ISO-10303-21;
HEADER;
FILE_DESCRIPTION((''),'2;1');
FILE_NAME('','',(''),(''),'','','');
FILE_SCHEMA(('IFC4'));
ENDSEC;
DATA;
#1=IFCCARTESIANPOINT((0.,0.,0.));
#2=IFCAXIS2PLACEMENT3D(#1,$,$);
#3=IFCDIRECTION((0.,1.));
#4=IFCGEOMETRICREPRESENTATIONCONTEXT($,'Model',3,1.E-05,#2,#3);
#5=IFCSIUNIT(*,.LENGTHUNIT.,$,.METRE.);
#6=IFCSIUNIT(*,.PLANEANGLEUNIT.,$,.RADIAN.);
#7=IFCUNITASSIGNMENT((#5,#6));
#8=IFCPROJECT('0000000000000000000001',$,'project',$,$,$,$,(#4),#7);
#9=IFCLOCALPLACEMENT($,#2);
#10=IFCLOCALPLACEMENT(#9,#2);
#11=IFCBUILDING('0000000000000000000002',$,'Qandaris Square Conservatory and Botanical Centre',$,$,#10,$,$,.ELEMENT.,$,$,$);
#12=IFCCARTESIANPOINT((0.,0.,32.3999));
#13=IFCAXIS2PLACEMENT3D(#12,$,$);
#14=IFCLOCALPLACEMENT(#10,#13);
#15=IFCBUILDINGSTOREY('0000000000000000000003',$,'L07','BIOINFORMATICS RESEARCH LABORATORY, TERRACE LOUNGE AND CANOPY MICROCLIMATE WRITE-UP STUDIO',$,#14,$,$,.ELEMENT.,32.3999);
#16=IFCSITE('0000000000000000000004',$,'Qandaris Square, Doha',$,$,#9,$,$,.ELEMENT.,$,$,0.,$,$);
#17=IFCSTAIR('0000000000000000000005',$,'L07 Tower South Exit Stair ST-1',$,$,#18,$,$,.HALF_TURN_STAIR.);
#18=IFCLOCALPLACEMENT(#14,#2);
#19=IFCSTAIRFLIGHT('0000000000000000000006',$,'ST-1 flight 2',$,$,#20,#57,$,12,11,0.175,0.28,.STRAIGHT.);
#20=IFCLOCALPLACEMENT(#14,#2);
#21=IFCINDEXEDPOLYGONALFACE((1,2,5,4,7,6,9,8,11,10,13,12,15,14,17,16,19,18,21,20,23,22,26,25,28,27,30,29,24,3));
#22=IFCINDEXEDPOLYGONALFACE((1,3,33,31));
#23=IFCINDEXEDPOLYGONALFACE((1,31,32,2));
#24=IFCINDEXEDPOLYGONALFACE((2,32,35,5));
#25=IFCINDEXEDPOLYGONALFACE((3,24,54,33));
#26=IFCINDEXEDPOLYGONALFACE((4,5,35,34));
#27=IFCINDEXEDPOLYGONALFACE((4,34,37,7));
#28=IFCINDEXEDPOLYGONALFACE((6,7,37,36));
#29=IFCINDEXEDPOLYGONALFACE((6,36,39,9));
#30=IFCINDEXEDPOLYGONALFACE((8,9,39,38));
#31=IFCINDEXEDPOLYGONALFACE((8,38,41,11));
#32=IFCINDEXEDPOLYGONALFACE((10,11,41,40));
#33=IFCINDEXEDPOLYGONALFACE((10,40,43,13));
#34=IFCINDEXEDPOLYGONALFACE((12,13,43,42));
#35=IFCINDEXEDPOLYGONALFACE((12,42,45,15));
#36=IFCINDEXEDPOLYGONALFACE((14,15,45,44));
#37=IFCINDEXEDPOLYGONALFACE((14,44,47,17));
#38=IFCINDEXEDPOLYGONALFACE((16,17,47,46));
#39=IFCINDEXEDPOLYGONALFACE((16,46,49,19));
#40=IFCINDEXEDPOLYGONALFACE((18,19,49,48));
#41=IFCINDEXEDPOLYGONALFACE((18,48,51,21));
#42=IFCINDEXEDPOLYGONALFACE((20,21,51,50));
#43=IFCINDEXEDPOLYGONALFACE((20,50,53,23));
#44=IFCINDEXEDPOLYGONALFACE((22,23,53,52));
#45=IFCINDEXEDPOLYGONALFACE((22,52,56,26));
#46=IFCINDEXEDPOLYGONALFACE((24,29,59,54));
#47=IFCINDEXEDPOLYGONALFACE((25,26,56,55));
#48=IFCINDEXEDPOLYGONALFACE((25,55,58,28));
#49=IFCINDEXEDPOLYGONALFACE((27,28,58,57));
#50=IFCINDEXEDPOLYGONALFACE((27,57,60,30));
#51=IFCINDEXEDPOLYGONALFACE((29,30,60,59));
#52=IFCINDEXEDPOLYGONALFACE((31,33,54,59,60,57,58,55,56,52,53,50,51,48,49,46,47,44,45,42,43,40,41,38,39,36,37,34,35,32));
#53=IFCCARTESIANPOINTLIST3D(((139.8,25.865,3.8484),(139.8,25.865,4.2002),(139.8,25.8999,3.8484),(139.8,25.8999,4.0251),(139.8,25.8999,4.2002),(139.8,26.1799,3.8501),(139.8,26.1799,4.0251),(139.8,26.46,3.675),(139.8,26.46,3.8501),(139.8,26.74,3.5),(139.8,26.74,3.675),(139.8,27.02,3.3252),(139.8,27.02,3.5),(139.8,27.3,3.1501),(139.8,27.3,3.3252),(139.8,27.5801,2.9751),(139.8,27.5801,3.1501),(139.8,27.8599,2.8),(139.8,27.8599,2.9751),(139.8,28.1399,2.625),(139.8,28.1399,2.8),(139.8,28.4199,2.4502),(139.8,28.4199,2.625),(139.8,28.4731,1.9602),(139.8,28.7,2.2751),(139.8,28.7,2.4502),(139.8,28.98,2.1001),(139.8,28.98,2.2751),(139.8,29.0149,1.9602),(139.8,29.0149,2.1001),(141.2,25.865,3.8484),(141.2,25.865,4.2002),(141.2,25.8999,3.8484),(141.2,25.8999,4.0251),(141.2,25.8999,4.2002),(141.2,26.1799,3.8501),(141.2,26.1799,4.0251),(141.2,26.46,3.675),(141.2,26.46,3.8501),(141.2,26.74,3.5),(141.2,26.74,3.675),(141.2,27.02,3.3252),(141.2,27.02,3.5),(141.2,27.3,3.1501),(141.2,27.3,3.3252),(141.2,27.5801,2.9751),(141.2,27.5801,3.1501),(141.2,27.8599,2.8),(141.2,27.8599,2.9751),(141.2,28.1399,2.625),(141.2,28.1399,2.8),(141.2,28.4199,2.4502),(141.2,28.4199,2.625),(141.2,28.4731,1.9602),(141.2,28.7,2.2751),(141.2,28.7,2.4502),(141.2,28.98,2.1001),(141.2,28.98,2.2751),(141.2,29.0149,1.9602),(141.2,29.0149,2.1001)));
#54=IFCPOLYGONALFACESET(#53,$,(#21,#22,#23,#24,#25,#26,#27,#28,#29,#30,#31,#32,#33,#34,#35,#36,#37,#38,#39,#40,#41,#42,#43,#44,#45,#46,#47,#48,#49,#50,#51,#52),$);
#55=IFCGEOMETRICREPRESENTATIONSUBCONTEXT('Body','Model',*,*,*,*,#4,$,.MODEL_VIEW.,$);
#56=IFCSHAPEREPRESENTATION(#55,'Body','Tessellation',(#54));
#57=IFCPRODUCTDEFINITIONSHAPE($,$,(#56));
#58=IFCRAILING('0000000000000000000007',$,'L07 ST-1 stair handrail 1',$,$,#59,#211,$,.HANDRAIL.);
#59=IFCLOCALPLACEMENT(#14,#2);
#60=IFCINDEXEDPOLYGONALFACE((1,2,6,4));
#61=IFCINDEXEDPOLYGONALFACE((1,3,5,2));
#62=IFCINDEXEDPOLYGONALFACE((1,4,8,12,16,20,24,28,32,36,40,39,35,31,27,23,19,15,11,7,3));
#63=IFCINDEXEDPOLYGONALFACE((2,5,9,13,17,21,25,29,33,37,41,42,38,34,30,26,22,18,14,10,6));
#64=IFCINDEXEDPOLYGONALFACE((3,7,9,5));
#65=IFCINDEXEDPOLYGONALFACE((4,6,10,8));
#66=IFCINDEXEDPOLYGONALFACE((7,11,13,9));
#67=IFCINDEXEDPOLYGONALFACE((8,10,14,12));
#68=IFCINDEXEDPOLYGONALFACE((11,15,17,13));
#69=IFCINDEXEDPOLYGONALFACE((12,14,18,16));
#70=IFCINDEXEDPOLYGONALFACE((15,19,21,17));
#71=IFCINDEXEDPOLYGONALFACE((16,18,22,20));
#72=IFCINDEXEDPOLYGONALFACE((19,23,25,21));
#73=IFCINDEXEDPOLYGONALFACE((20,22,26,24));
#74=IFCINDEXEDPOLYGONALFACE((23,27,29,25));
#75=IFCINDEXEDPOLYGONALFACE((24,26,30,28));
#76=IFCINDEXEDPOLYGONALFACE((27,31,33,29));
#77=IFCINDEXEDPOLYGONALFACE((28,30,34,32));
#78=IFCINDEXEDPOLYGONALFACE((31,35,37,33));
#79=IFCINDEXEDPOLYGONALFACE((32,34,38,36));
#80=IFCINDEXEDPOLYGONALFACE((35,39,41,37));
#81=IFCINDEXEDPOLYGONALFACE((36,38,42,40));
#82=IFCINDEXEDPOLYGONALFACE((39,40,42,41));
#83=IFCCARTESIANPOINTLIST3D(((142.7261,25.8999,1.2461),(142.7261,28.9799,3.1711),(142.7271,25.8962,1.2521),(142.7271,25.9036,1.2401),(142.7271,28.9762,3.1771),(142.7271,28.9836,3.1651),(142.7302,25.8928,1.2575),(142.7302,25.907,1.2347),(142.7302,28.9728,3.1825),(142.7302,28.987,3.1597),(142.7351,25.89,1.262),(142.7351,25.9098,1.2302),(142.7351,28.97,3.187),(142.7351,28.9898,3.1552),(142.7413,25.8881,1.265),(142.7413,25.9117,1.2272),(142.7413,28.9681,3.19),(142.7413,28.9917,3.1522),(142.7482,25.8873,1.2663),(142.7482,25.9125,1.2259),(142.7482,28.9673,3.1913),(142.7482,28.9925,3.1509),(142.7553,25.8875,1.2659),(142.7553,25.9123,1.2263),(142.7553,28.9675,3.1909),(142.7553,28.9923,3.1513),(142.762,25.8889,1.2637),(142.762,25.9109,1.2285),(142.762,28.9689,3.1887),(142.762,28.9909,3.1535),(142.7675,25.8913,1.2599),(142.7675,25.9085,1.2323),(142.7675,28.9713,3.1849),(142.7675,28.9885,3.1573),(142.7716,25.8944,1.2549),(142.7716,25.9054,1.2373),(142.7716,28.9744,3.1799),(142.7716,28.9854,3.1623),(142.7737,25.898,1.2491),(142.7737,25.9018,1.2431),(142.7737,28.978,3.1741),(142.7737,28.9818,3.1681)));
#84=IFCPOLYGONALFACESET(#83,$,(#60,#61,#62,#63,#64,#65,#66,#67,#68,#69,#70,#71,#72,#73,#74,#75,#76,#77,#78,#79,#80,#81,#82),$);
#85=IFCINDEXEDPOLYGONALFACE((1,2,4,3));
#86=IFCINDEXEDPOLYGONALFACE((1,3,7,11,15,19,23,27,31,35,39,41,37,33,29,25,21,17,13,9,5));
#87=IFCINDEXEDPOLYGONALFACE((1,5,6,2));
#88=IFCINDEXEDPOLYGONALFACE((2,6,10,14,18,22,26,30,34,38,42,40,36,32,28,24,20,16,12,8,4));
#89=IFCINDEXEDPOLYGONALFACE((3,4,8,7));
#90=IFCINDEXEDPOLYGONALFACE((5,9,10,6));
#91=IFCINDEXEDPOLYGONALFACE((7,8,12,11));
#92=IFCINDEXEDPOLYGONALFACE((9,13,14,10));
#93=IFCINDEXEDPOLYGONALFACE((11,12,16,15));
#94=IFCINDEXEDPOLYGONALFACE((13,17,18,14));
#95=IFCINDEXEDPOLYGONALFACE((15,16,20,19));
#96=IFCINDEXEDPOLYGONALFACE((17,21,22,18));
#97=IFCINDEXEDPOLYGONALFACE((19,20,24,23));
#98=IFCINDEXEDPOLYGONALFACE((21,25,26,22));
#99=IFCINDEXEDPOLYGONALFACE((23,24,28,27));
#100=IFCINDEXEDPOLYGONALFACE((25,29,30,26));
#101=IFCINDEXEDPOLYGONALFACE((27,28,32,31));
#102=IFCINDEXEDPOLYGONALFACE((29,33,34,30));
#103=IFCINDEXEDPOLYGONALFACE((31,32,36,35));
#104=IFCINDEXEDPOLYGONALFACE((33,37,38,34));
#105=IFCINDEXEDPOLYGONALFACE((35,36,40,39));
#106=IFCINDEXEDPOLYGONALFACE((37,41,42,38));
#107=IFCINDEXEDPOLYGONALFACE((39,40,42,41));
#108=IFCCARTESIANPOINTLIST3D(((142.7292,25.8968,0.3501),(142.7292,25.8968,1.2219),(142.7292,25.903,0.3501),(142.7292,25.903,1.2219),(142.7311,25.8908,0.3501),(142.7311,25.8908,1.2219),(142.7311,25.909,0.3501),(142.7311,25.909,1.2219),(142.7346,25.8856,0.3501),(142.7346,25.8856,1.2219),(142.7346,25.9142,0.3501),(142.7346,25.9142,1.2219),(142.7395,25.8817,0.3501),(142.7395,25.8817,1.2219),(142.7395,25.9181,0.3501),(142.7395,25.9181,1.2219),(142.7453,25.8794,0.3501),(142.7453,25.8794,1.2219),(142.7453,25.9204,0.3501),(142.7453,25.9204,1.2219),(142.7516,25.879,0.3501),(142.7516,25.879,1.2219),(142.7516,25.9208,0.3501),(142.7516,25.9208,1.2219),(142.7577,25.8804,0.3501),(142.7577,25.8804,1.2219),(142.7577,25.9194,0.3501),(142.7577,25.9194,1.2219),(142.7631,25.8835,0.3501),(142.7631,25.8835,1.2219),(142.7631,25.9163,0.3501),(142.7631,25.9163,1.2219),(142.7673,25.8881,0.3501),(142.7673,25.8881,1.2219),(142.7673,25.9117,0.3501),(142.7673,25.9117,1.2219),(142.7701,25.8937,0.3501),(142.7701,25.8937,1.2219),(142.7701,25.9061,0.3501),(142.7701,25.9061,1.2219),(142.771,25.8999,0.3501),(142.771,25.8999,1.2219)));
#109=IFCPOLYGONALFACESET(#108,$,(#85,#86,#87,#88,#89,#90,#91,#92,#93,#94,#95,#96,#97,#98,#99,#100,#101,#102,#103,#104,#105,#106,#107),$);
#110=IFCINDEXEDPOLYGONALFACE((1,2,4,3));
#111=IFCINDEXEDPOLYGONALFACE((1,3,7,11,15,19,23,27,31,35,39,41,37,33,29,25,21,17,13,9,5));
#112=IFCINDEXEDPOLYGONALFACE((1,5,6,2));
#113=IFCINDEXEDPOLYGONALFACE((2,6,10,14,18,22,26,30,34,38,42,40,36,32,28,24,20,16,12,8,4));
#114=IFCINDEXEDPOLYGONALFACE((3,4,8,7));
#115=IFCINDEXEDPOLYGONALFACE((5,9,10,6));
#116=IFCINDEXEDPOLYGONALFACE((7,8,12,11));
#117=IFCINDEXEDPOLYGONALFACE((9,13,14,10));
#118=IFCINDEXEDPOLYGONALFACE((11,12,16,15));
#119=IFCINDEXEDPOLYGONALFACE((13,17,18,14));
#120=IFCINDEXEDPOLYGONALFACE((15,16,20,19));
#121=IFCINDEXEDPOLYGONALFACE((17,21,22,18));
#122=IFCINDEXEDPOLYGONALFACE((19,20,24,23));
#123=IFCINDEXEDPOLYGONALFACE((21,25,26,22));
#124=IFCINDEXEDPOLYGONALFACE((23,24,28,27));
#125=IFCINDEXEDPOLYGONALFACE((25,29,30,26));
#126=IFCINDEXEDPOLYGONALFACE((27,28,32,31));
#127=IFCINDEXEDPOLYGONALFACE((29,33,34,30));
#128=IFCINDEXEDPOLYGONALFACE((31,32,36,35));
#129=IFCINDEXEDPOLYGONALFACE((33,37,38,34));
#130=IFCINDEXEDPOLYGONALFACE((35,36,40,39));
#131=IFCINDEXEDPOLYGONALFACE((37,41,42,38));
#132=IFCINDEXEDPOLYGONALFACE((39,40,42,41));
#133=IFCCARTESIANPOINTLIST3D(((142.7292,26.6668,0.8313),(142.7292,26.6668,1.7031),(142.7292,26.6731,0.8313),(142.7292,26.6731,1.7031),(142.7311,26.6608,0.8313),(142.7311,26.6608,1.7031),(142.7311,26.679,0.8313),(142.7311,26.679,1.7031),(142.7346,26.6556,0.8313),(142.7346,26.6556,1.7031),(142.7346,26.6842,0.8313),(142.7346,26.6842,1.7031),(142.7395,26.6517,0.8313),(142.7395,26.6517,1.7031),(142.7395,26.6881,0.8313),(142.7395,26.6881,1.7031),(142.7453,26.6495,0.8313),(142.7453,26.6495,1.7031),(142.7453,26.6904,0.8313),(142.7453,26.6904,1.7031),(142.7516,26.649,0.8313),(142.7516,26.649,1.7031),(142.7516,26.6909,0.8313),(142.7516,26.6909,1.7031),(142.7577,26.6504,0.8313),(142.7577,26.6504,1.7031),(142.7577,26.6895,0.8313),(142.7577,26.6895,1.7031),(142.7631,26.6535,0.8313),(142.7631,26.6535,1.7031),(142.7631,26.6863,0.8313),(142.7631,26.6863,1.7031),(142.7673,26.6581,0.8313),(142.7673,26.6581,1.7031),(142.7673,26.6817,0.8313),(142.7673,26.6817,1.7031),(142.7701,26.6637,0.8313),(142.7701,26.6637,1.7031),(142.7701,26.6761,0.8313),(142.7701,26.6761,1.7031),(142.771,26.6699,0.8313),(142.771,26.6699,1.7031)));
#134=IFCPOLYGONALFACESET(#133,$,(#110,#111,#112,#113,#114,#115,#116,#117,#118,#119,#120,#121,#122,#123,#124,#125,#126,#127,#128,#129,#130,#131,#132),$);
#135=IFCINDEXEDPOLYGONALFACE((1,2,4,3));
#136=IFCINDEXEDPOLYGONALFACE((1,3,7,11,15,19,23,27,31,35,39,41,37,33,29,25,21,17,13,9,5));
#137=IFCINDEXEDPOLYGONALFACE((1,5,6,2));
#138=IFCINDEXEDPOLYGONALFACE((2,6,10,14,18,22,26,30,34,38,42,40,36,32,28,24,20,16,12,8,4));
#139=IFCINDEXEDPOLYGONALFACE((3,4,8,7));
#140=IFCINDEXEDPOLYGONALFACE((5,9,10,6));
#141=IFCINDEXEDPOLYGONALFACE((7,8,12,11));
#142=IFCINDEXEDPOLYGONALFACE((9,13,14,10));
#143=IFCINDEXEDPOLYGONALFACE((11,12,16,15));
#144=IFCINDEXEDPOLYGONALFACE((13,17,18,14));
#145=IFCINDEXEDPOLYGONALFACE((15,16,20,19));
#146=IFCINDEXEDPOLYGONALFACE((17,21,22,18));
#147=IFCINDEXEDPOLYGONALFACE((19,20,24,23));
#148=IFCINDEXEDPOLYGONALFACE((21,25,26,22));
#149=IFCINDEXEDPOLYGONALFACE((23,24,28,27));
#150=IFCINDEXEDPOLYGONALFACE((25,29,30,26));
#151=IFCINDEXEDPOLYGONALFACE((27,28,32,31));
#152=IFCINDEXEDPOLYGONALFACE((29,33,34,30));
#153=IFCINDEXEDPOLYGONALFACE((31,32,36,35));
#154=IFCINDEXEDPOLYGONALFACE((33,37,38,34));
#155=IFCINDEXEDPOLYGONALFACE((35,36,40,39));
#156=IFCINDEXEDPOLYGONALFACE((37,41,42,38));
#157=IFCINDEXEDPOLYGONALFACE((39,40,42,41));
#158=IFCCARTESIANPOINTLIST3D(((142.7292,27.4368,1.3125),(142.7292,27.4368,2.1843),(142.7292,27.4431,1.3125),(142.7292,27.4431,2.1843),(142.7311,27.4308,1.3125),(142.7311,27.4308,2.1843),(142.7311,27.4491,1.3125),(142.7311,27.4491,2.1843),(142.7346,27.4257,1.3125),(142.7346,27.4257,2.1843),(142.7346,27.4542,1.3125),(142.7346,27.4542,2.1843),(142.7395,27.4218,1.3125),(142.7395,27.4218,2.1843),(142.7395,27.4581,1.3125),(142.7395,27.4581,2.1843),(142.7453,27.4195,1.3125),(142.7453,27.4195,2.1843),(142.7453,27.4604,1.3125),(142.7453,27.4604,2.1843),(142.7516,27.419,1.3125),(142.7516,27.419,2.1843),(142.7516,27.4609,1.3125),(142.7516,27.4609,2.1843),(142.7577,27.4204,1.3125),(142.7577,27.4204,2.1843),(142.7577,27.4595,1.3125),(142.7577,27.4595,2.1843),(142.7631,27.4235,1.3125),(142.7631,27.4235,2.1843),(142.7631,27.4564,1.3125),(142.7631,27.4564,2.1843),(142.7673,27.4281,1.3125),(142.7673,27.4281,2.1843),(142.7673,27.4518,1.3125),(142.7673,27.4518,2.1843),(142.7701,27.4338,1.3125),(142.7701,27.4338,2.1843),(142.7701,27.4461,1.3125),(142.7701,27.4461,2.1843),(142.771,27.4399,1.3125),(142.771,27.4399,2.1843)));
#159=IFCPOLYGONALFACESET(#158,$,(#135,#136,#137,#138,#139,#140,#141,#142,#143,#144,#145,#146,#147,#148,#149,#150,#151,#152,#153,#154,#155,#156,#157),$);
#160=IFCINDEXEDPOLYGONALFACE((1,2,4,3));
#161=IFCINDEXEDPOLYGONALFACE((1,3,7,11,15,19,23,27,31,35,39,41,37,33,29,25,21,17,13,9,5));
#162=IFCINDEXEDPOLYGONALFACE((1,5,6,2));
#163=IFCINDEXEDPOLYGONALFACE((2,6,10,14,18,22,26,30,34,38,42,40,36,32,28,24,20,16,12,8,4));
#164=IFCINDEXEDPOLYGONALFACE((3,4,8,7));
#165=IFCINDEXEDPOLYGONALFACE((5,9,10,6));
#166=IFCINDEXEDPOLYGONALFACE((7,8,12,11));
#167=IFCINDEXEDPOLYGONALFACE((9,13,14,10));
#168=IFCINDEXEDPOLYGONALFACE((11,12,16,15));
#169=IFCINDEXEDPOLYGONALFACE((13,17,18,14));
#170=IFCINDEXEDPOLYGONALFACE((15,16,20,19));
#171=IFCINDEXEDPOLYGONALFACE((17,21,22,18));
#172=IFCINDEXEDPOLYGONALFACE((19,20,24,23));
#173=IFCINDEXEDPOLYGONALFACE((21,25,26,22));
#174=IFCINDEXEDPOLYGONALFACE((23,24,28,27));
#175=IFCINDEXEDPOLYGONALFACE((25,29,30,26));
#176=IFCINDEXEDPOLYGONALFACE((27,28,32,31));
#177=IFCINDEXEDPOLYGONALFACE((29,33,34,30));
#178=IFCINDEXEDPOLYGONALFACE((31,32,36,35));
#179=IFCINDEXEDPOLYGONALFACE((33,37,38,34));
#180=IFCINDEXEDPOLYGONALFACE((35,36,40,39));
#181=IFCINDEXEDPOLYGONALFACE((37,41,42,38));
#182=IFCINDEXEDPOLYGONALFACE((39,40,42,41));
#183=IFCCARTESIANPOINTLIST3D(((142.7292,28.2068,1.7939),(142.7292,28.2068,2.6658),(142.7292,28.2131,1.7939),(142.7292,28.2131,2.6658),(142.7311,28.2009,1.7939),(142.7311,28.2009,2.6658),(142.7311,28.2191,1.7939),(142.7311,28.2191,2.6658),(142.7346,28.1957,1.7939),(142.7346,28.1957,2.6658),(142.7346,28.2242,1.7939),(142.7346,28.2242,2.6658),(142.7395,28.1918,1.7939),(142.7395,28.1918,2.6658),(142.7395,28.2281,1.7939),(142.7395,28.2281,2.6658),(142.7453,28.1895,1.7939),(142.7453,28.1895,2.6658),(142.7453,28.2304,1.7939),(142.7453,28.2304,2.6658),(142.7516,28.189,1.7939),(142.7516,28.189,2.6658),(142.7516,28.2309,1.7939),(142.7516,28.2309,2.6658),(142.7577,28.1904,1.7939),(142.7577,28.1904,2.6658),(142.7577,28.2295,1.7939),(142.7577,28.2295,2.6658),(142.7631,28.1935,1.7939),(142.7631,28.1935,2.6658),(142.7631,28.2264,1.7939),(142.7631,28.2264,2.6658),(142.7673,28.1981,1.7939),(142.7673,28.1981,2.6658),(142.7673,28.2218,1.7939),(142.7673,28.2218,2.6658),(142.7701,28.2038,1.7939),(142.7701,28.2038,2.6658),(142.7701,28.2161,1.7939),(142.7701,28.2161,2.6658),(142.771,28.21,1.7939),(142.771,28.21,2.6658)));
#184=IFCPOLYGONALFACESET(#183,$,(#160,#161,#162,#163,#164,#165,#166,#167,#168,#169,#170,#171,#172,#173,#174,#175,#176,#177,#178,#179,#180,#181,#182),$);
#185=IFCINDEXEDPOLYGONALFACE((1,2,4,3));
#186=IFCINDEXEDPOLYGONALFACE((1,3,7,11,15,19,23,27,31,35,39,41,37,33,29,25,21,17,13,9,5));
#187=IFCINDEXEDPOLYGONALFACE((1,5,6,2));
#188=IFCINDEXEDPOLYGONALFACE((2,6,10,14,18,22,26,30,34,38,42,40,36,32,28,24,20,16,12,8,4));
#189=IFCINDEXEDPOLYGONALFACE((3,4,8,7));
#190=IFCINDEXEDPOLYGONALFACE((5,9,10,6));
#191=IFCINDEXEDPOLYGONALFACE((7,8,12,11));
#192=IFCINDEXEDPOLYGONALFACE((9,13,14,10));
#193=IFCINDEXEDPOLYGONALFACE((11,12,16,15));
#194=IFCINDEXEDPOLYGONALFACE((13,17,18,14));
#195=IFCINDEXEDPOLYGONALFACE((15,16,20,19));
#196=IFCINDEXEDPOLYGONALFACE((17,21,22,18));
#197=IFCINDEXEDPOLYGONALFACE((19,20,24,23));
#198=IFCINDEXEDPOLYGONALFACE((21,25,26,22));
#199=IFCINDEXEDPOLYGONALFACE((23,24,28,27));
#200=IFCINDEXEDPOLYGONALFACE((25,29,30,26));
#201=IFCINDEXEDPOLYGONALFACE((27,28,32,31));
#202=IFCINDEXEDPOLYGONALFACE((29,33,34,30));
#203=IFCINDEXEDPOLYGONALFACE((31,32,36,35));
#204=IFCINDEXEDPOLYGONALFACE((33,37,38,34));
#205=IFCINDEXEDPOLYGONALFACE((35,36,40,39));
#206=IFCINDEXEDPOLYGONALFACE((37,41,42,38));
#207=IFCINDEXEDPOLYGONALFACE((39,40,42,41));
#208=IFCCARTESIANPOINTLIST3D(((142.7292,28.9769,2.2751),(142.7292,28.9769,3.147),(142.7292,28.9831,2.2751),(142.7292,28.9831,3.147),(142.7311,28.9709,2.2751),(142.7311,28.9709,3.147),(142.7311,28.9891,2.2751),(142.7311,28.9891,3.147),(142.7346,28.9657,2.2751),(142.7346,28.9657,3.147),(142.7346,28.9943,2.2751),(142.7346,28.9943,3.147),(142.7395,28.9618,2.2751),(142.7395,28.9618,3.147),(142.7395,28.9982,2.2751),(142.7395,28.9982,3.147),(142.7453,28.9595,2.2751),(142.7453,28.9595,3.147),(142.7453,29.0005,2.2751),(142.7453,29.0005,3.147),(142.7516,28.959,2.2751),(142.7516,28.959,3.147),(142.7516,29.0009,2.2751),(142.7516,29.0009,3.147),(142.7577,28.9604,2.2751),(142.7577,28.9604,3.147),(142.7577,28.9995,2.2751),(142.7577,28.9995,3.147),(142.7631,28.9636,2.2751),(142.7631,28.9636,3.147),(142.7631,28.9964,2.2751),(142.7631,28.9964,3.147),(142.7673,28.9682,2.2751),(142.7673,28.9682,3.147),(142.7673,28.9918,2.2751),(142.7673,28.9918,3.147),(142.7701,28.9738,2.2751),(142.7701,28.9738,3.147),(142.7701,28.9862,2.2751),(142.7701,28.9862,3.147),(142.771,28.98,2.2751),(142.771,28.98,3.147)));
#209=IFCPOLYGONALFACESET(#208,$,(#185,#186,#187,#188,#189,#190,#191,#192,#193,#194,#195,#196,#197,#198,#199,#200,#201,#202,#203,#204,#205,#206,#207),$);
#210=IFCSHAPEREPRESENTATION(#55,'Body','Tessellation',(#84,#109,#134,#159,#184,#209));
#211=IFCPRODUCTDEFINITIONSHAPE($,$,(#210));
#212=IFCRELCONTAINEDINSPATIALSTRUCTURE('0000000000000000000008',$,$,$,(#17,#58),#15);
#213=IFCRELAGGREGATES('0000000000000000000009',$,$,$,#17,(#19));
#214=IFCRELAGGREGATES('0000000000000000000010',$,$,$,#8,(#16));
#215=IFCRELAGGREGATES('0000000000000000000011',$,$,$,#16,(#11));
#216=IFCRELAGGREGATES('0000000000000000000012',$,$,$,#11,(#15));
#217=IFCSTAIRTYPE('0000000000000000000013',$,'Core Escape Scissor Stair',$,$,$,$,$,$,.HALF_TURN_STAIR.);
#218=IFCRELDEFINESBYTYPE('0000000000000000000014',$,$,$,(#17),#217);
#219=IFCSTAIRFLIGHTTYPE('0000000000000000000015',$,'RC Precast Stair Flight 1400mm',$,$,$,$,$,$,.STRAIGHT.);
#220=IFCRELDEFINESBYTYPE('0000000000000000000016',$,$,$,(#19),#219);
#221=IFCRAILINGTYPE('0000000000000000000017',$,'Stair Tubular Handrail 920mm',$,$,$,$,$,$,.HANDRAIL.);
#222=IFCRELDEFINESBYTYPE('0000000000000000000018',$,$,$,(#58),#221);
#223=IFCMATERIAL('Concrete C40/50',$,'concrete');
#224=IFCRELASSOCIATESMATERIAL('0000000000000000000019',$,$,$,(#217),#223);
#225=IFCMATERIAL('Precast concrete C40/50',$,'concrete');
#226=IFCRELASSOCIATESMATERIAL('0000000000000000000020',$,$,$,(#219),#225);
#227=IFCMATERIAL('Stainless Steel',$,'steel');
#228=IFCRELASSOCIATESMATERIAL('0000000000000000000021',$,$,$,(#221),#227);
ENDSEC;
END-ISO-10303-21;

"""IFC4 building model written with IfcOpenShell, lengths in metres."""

from ifc_helpers import new_model, si_unit, direction, frame, origin, origin_2d, place, context, subcontext, project, spatial, polyline, circle, outline, extrude, material, type_object, element, aggregate, save


model = new_model("IFC4")

# Units and contexts
model_context = context("Model", 3, precision=1e-05, world=origin(), true_north=direction((0.0, 1.0)))
body_context = subcontext(model_context, "Body", "Model", "MODEL_VIEW")
ifc_project = project(units=[si_unit("LENGTHUNIT", "METRE"), si_unit("PLANEANGLEUNIT", "RADIAN")], contexts=[model_context])

# Site, building, storey
site_placement = place(None, origin())
site = spatial("IfcSite", under=ifc_project, at=site_placement, Name="Qandaris Square, Doha", CompositionType="ELEMENT", RefElevation=0.0)
building_placement = place(site_placement, origin())
building = spatial("IfcBuilding", under=site, at=building_placement, Name="Qandaris Square Conservatory and Botanical Centre", CompositionType="ELEMENT")
storey_placement = place(building_placement, frame((0.0, 0.0, 32.3999)))
storey = spatial("IfcBuildingStorey", under=building, at=storey_placement, Name="L07", Description="BIOINFORMATICS RESEARCH LABORATORY, TERRACE LOUNGE AND CANOPY MICROCLIMATE WRITE-UP STUDIO", CompositionType="ELEMENT", Elevation=32.3999)

# Shared definitions
ifc_material_1 = material(Name="Precast concrete C40/50", Category="concrete")

# Stair, stair flight
ifc_material_2 = material(Name="Concrete C40/50", Category="concrete")
stair_type = type_object("IfcStairType", Name="Core Escape Scissor Stair", PredefinedType="HALF_TURN_STAIR", material=ifc_material_2)
stair_placement = place(storey_placement, origin())
stair = element("IfcStair", 1, at=stair_placement, inside=storey, type_object=stair_type, Name="L07 Tower South Exit Stair ST-1", PredefinedType="HALF_TURN_STAIR")
stair_flight_type = type_object("IfcStairFlightType", Name="RC Precast Stair Flight 1400mm", PredefinedType="STRAIGHT", material=ifc_material_1)
stair_flight_1_placement = place(storey_placement, frame((140.5, 28.98, 2.1001), z_axis=(0.0, 0.0, 1.0), x_axis=(0.0, -1.0, 0.0)))
stair_flight_1 = element("IfcStairFlight", 2, at=stair_flight_1_placement, type_object=stair_flight_type, Name="ST-1 flight 2", NumberOfRisers=12, NumberOfTreads=11, PredefinedType="STRAIGHT", RiserHeight=0.175, TreadLength=0.28, context=body_context, shape_type="SweptSolid", body=[
    extrude(outline(polyline([(-0.0349, 0.0), (0.0, 0.0), (0.0, 0.175), (0.28, 0.175), (0.28, 0.3501), (0.5601, 0.3501), (0.5601, 0.5249), (0.8401, 0.5249), (0.8401, 0.7), (1.1201, 0.7), (1.1201, 0.875), (1.3999, 0.875), (1.3999, 1.05), (1.6799, 1.05), (1.6799, 1.2251), (1.96, 1.2251), (1.96, 1.3999), (2.24, 1.3999), (2.24, 1.575), (2.52, 1.575), (2.52, 1.75), (2.8, 1.75), (2.8, 1.925), (3.0801, 1.925), (3.0801, 2.1001), (3.115, 2.1001), (3.115, 1.7483), (3.0801, 1.7483), (0.5068, -0.1399), (-0.0349, -0.1399), (-0.0349, 0.0)])), frame((0.0, 0.7, 0.0), z_axis=(0.0, -1.0, 0.0), x_axis=(1.0, 0.0, 0.0)), (0.0, 0.0, 1.0), 1.3999),
])
aggregate(stair, [stair_flight_1])

# Railing
ifc_material_3 = material(Name="Stainless Steel", Category="steel")
railing_type_1 = type_object("IfcRailingType", Name="Stair Tubular Handrail 920mm", PredefinedType="HANDRAIL", material=ifc_material_3)
railing_1_placement = place(storey_placement, frame((142.75, 25.8999, 0.3501)))
element("IfcRailing", 3, at=railing_1_placement, inside=storey, type_object=railing_type_1, Name="L07 ST-1 stair handrail 1", PredefinedType="HANDRAIL", context=body_context, shape_type="SweptSolid", body=[
    extrude(circle(Radius=0.0239, at=origin_2d()), frame((0.0, 0.0, 0.896), z_axis=(0.0, 0.847998, 0.529999), x_axis=(-1.0, 0.0, 0.0)), (0.0, 0.0, 1.0), 3.6321),
    extrude(circle(Radius=0.021, at=origin_2d()), origin(), (0.0, 0.0, 1.0), 0.8718),
    extrude(circle(Radius=0.021, at=origin_2d()), frame((0.0, 0.77, 0.4812)), (0.0, 0.0, 1.0), 0.8718),
    extrude(circle(Radius=0.021, at=origin_2d()), frame((0.0, 1.54, 0.9624)), (0.0, 0.0, 1.0), 0.8718),
    extrude(circle(Radius=0.021, at=origin_2d()), frame((0.0, 2.3101, 1.4438)), (0.0, 0.0, 1.0), 0.8718),
    extrude(circle(Radius=0.021, at=origin_2d()), frame((0.0, 3.0801, 1.925)), (0.0, 0.0, 1.0), 0.8718),
])

save(model, "model.ifc")
